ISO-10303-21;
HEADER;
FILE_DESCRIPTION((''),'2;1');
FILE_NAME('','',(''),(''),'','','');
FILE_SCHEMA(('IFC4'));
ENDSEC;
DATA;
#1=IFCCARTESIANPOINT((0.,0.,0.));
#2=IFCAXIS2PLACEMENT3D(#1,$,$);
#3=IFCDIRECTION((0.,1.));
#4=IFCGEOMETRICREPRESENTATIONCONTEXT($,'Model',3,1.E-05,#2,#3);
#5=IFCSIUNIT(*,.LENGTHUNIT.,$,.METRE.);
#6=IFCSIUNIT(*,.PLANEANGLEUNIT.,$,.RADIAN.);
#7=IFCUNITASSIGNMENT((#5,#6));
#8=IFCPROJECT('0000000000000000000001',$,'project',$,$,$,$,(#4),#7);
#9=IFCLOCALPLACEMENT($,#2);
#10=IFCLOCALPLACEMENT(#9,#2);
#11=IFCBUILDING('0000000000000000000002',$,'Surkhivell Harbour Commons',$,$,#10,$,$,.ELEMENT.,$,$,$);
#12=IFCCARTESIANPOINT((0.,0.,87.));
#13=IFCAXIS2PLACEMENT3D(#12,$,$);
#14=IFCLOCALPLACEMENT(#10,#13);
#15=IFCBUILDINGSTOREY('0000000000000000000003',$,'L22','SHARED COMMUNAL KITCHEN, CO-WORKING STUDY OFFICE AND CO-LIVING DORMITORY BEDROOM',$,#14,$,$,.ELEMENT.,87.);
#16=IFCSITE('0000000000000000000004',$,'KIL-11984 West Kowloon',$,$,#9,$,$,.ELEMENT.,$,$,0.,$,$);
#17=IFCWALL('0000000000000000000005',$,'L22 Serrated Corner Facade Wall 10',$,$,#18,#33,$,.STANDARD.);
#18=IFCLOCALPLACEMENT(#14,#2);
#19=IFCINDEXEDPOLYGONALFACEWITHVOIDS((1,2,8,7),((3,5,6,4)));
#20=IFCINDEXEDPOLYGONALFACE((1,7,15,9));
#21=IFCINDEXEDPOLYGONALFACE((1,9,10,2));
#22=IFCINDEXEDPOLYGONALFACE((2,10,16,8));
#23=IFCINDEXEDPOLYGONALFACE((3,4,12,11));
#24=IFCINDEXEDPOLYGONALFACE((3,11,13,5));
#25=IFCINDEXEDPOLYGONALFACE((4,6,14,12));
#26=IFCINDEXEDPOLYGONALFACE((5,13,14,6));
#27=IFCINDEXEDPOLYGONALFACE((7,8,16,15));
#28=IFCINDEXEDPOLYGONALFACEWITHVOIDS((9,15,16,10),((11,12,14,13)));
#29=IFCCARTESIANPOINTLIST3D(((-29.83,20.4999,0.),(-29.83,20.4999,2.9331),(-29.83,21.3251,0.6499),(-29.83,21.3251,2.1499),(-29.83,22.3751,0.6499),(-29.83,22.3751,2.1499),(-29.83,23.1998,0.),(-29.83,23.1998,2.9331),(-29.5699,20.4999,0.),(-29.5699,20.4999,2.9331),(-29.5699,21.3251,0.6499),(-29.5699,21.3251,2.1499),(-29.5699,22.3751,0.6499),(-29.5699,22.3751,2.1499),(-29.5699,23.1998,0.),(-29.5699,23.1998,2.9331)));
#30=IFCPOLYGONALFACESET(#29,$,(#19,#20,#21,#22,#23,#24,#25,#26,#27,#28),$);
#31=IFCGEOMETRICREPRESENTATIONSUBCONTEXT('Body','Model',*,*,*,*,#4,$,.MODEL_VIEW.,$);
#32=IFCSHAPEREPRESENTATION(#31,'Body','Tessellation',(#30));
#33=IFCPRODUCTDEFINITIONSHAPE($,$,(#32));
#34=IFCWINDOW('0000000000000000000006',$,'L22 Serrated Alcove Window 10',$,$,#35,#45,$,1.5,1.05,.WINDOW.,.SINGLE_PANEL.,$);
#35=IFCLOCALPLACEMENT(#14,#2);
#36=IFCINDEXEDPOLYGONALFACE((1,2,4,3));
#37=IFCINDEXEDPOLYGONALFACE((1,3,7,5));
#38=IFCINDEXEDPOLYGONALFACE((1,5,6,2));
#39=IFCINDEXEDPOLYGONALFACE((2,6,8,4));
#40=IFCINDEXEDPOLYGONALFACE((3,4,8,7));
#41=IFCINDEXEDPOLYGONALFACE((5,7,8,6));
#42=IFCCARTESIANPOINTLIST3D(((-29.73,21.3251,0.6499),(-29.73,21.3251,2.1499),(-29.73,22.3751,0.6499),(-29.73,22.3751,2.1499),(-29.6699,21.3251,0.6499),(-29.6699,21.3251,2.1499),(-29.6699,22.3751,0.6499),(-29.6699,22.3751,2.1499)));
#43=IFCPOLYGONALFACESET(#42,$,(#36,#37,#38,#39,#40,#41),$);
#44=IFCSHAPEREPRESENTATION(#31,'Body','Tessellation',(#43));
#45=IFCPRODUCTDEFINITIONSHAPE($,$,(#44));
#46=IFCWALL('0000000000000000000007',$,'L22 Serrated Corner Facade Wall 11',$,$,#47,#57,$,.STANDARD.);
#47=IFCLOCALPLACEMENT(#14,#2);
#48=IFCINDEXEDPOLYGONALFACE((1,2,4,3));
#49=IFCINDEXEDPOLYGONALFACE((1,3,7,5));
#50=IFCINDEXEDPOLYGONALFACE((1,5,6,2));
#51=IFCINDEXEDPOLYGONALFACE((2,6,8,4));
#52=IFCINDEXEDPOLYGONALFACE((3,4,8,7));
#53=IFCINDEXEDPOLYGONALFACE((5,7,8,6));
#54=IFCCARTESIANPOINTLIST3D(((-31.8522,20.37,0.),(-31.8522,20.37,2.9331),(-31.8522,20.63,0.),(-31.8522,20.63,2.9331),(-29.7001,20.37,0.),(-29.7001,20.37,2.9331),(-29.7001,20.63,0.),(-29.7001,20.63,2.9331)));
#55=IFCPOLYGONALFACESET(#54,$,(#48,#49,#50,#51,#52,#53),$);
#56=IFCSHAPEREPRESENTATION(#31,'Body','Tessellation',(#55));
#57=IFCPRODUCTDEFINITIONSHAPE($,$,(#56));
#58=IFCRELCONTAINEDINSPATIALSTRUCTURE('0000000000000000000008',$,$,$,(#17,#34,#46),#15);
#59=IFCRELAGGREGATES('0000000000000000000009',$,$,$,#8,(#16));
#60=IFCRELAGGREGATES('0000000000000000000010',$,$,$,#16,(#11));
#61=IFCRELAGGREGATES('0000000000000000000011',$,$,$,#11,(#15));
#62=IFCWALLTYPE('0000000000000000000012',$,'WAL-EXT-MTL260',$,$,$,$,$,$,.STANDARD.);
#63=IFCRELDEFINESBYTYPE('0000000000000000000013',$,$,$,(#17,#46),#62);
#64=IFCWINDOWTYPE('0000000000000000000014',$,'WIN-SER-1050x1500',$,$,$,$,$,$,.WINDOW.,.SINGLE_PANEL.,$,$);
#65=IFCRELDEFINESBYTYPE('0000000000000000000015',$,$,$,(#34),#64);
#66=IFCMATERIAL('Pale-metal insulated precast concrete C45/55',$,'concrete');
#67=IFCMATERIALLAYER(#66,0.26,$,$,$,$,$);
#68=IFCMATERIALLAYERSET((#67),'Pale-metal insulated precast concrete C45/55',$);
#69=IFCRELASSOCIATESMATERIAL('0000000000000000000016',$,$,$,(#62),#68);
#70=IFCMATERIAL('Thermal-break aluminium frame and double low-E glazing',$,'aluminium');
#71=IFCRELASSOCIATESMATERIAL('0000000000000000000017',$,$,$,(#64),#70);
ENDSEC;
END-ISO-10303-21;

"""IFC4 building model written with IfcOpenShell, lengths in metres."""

from ifc_helpers import new_model, si_unit, direction, frame, frame_2d, origin, place, context, subcontext, project, spatial, rectangle, extrude, material, layer, layer_set, type_object, element, fill, save


model = new_model("IFC4")

# Units and contexts
model_context = context("Model", 3, precision=1e-05, world=origin(), true_north=direction((0.0, 1.0)))
body_context = subcontext(model_context, "Body", "Model", "MODEL_VIEW")
ifc_project = project(units=[si_unit("LENGTHUNIT", "METRE"), si_unit("PLANEANGLEUNIT", "RADIAN")], contexts=[model_context])

# Site, building, storey
site_placement = place(None, origin())
site = spatial("IfcSite", under=ifc_project, at=site_placement, Name="KIL-11984 West Kowloon", CompositionType="ELEMENT", RefElevation=0.0)
building_placement = place(site_placement, origin())
building = spatial("IfcBuilding", under=site, at=building_placement, Name="Surkhivell Harbour Commons", CompositionType="ELEMENT")
storey_placement = place(building_placement, frame((0.0, 0.0, 87.0)))
storey = spatial("IfcBuildingStorey", under=building, at=storey_placement, Name="L22", Description="SHARED COMMUNAL KITCHEN, CO-WORKING STUDY OFFICE AND CO-LIVING DORMITORY BEDROOM", CompositionType="ELEMENT", Elevation=87.0)

# Shared definitions
ifc_material_1 = material(Name="Pale-metal insulated precast concrete C45/55", Category="concrete")
ifc_layer_1 = layer(ifc_material_1, 0.26)
ifc_layer_set_1 = layer_set([ifc_layer_1], Name="Pale-metal insulated precast concrete C45/55")
wall_type = type_object("IfcWallType", Name="WAL-EXT-MTL260", PredefinedType="STANDARD", material=ifc_layer_set_1)

# Wall, opening, window
wall_1_placement = place(storey_placement, frame((-29.7, 23.2, 0.0), z_axis=(0.0, 0.0, 1.0), x_axis=(0.0, -1.0, 0.0)))
wall_1 = element("IfcWall", 1, at=wall_1_placement, inside=storey, type_object=wall_type, Name="L22 Serrated Corner Facade Wall 10", PredefinedType="STANDARD", context=body_context, shape_type="SweptSolid", body=[
    extrude(rectangle(XDim=2.7, YDim=0.26, at=frame_2d((1.3501, 0.0))), origin(), (0.0, 0.0, 1.0), 2.9331),
])
opening_placement = place(wall_1_placement, frame((0.825, 0.0, 0.6499)))
opening = element("IfcOpeningElement", 2, at=opening_placement, cuts=wall_1, PredefinedType="OPENING", context=body_context, shape_type="SweptSolid", body=[
    extrude(rectangle(XDim=1.05, YDim=1.5, at=frame_2d((0.5249, 0.75))), frame((0.0, 0.1399, 0.0), z_axis=(0.0, -1.0, 0.0), x_axis=(1.0, 0.0, 0.0)), (0.0, 0.0, 1.0), 0.28),
])
ifc_material_2 = material(Name="Thermal-break aluminium frame and double low-E glazing", Category="aluminium")
window_type = type_object("IfcWindowType", Name="WIN-SER-1050x1500", PartitioningType="SINGLE_PANEL", PredefinedType="WINDOW", material=ifc_material_2)
window_placement = place(opening_placement, origin())
window = element("IfcWindow", 3, at=window_placement, inside=storey, type_object=window_type, Name="L22 Serrated Alcove Window 10", OverallHeight=1.5, OverallWidth=1.05, PartitioningType="SINGLE_PANEL", PredefinedType="WINDOW", context=body_context, shape_type="SweptSolid", body=[
    extrude(rectangle(XDim=1.05, YDim=1.5, at=frame_2d((0.5249, 0.75))), frame((0.0, 0.03, 0.0), z_axis=(0.0, -1.0, 0.0), x_axis=(1.0, 0.0, 0.0)), (0.0, 0.0, 1.0), 0.0601),
])
fill(opening, window)

# Wall
wall_2_placement = place(storey_placement, frame((-29.7, 20.5, 0.0), z_axis=(0.0, 0.0, 1.0), x_axis=(-1.0, 0.0, 0.0)))
element("IfcWall", 4, at=wall_2_placement, inside=storey, type_object=wall_type, Name="L22 Serrated Corner Facade Wall 11", PredefinedType="STANDARD", context=body_context, shape_type="SweptSolid", body=[
    extrude(rectangle(XDim=2.1521, YDim=0.26, at=frame_2d((1.0762, 0.0))), origin(), (0.0, 0.0, 1.0), 2.9331),
])

save(model, "model.ifc")
